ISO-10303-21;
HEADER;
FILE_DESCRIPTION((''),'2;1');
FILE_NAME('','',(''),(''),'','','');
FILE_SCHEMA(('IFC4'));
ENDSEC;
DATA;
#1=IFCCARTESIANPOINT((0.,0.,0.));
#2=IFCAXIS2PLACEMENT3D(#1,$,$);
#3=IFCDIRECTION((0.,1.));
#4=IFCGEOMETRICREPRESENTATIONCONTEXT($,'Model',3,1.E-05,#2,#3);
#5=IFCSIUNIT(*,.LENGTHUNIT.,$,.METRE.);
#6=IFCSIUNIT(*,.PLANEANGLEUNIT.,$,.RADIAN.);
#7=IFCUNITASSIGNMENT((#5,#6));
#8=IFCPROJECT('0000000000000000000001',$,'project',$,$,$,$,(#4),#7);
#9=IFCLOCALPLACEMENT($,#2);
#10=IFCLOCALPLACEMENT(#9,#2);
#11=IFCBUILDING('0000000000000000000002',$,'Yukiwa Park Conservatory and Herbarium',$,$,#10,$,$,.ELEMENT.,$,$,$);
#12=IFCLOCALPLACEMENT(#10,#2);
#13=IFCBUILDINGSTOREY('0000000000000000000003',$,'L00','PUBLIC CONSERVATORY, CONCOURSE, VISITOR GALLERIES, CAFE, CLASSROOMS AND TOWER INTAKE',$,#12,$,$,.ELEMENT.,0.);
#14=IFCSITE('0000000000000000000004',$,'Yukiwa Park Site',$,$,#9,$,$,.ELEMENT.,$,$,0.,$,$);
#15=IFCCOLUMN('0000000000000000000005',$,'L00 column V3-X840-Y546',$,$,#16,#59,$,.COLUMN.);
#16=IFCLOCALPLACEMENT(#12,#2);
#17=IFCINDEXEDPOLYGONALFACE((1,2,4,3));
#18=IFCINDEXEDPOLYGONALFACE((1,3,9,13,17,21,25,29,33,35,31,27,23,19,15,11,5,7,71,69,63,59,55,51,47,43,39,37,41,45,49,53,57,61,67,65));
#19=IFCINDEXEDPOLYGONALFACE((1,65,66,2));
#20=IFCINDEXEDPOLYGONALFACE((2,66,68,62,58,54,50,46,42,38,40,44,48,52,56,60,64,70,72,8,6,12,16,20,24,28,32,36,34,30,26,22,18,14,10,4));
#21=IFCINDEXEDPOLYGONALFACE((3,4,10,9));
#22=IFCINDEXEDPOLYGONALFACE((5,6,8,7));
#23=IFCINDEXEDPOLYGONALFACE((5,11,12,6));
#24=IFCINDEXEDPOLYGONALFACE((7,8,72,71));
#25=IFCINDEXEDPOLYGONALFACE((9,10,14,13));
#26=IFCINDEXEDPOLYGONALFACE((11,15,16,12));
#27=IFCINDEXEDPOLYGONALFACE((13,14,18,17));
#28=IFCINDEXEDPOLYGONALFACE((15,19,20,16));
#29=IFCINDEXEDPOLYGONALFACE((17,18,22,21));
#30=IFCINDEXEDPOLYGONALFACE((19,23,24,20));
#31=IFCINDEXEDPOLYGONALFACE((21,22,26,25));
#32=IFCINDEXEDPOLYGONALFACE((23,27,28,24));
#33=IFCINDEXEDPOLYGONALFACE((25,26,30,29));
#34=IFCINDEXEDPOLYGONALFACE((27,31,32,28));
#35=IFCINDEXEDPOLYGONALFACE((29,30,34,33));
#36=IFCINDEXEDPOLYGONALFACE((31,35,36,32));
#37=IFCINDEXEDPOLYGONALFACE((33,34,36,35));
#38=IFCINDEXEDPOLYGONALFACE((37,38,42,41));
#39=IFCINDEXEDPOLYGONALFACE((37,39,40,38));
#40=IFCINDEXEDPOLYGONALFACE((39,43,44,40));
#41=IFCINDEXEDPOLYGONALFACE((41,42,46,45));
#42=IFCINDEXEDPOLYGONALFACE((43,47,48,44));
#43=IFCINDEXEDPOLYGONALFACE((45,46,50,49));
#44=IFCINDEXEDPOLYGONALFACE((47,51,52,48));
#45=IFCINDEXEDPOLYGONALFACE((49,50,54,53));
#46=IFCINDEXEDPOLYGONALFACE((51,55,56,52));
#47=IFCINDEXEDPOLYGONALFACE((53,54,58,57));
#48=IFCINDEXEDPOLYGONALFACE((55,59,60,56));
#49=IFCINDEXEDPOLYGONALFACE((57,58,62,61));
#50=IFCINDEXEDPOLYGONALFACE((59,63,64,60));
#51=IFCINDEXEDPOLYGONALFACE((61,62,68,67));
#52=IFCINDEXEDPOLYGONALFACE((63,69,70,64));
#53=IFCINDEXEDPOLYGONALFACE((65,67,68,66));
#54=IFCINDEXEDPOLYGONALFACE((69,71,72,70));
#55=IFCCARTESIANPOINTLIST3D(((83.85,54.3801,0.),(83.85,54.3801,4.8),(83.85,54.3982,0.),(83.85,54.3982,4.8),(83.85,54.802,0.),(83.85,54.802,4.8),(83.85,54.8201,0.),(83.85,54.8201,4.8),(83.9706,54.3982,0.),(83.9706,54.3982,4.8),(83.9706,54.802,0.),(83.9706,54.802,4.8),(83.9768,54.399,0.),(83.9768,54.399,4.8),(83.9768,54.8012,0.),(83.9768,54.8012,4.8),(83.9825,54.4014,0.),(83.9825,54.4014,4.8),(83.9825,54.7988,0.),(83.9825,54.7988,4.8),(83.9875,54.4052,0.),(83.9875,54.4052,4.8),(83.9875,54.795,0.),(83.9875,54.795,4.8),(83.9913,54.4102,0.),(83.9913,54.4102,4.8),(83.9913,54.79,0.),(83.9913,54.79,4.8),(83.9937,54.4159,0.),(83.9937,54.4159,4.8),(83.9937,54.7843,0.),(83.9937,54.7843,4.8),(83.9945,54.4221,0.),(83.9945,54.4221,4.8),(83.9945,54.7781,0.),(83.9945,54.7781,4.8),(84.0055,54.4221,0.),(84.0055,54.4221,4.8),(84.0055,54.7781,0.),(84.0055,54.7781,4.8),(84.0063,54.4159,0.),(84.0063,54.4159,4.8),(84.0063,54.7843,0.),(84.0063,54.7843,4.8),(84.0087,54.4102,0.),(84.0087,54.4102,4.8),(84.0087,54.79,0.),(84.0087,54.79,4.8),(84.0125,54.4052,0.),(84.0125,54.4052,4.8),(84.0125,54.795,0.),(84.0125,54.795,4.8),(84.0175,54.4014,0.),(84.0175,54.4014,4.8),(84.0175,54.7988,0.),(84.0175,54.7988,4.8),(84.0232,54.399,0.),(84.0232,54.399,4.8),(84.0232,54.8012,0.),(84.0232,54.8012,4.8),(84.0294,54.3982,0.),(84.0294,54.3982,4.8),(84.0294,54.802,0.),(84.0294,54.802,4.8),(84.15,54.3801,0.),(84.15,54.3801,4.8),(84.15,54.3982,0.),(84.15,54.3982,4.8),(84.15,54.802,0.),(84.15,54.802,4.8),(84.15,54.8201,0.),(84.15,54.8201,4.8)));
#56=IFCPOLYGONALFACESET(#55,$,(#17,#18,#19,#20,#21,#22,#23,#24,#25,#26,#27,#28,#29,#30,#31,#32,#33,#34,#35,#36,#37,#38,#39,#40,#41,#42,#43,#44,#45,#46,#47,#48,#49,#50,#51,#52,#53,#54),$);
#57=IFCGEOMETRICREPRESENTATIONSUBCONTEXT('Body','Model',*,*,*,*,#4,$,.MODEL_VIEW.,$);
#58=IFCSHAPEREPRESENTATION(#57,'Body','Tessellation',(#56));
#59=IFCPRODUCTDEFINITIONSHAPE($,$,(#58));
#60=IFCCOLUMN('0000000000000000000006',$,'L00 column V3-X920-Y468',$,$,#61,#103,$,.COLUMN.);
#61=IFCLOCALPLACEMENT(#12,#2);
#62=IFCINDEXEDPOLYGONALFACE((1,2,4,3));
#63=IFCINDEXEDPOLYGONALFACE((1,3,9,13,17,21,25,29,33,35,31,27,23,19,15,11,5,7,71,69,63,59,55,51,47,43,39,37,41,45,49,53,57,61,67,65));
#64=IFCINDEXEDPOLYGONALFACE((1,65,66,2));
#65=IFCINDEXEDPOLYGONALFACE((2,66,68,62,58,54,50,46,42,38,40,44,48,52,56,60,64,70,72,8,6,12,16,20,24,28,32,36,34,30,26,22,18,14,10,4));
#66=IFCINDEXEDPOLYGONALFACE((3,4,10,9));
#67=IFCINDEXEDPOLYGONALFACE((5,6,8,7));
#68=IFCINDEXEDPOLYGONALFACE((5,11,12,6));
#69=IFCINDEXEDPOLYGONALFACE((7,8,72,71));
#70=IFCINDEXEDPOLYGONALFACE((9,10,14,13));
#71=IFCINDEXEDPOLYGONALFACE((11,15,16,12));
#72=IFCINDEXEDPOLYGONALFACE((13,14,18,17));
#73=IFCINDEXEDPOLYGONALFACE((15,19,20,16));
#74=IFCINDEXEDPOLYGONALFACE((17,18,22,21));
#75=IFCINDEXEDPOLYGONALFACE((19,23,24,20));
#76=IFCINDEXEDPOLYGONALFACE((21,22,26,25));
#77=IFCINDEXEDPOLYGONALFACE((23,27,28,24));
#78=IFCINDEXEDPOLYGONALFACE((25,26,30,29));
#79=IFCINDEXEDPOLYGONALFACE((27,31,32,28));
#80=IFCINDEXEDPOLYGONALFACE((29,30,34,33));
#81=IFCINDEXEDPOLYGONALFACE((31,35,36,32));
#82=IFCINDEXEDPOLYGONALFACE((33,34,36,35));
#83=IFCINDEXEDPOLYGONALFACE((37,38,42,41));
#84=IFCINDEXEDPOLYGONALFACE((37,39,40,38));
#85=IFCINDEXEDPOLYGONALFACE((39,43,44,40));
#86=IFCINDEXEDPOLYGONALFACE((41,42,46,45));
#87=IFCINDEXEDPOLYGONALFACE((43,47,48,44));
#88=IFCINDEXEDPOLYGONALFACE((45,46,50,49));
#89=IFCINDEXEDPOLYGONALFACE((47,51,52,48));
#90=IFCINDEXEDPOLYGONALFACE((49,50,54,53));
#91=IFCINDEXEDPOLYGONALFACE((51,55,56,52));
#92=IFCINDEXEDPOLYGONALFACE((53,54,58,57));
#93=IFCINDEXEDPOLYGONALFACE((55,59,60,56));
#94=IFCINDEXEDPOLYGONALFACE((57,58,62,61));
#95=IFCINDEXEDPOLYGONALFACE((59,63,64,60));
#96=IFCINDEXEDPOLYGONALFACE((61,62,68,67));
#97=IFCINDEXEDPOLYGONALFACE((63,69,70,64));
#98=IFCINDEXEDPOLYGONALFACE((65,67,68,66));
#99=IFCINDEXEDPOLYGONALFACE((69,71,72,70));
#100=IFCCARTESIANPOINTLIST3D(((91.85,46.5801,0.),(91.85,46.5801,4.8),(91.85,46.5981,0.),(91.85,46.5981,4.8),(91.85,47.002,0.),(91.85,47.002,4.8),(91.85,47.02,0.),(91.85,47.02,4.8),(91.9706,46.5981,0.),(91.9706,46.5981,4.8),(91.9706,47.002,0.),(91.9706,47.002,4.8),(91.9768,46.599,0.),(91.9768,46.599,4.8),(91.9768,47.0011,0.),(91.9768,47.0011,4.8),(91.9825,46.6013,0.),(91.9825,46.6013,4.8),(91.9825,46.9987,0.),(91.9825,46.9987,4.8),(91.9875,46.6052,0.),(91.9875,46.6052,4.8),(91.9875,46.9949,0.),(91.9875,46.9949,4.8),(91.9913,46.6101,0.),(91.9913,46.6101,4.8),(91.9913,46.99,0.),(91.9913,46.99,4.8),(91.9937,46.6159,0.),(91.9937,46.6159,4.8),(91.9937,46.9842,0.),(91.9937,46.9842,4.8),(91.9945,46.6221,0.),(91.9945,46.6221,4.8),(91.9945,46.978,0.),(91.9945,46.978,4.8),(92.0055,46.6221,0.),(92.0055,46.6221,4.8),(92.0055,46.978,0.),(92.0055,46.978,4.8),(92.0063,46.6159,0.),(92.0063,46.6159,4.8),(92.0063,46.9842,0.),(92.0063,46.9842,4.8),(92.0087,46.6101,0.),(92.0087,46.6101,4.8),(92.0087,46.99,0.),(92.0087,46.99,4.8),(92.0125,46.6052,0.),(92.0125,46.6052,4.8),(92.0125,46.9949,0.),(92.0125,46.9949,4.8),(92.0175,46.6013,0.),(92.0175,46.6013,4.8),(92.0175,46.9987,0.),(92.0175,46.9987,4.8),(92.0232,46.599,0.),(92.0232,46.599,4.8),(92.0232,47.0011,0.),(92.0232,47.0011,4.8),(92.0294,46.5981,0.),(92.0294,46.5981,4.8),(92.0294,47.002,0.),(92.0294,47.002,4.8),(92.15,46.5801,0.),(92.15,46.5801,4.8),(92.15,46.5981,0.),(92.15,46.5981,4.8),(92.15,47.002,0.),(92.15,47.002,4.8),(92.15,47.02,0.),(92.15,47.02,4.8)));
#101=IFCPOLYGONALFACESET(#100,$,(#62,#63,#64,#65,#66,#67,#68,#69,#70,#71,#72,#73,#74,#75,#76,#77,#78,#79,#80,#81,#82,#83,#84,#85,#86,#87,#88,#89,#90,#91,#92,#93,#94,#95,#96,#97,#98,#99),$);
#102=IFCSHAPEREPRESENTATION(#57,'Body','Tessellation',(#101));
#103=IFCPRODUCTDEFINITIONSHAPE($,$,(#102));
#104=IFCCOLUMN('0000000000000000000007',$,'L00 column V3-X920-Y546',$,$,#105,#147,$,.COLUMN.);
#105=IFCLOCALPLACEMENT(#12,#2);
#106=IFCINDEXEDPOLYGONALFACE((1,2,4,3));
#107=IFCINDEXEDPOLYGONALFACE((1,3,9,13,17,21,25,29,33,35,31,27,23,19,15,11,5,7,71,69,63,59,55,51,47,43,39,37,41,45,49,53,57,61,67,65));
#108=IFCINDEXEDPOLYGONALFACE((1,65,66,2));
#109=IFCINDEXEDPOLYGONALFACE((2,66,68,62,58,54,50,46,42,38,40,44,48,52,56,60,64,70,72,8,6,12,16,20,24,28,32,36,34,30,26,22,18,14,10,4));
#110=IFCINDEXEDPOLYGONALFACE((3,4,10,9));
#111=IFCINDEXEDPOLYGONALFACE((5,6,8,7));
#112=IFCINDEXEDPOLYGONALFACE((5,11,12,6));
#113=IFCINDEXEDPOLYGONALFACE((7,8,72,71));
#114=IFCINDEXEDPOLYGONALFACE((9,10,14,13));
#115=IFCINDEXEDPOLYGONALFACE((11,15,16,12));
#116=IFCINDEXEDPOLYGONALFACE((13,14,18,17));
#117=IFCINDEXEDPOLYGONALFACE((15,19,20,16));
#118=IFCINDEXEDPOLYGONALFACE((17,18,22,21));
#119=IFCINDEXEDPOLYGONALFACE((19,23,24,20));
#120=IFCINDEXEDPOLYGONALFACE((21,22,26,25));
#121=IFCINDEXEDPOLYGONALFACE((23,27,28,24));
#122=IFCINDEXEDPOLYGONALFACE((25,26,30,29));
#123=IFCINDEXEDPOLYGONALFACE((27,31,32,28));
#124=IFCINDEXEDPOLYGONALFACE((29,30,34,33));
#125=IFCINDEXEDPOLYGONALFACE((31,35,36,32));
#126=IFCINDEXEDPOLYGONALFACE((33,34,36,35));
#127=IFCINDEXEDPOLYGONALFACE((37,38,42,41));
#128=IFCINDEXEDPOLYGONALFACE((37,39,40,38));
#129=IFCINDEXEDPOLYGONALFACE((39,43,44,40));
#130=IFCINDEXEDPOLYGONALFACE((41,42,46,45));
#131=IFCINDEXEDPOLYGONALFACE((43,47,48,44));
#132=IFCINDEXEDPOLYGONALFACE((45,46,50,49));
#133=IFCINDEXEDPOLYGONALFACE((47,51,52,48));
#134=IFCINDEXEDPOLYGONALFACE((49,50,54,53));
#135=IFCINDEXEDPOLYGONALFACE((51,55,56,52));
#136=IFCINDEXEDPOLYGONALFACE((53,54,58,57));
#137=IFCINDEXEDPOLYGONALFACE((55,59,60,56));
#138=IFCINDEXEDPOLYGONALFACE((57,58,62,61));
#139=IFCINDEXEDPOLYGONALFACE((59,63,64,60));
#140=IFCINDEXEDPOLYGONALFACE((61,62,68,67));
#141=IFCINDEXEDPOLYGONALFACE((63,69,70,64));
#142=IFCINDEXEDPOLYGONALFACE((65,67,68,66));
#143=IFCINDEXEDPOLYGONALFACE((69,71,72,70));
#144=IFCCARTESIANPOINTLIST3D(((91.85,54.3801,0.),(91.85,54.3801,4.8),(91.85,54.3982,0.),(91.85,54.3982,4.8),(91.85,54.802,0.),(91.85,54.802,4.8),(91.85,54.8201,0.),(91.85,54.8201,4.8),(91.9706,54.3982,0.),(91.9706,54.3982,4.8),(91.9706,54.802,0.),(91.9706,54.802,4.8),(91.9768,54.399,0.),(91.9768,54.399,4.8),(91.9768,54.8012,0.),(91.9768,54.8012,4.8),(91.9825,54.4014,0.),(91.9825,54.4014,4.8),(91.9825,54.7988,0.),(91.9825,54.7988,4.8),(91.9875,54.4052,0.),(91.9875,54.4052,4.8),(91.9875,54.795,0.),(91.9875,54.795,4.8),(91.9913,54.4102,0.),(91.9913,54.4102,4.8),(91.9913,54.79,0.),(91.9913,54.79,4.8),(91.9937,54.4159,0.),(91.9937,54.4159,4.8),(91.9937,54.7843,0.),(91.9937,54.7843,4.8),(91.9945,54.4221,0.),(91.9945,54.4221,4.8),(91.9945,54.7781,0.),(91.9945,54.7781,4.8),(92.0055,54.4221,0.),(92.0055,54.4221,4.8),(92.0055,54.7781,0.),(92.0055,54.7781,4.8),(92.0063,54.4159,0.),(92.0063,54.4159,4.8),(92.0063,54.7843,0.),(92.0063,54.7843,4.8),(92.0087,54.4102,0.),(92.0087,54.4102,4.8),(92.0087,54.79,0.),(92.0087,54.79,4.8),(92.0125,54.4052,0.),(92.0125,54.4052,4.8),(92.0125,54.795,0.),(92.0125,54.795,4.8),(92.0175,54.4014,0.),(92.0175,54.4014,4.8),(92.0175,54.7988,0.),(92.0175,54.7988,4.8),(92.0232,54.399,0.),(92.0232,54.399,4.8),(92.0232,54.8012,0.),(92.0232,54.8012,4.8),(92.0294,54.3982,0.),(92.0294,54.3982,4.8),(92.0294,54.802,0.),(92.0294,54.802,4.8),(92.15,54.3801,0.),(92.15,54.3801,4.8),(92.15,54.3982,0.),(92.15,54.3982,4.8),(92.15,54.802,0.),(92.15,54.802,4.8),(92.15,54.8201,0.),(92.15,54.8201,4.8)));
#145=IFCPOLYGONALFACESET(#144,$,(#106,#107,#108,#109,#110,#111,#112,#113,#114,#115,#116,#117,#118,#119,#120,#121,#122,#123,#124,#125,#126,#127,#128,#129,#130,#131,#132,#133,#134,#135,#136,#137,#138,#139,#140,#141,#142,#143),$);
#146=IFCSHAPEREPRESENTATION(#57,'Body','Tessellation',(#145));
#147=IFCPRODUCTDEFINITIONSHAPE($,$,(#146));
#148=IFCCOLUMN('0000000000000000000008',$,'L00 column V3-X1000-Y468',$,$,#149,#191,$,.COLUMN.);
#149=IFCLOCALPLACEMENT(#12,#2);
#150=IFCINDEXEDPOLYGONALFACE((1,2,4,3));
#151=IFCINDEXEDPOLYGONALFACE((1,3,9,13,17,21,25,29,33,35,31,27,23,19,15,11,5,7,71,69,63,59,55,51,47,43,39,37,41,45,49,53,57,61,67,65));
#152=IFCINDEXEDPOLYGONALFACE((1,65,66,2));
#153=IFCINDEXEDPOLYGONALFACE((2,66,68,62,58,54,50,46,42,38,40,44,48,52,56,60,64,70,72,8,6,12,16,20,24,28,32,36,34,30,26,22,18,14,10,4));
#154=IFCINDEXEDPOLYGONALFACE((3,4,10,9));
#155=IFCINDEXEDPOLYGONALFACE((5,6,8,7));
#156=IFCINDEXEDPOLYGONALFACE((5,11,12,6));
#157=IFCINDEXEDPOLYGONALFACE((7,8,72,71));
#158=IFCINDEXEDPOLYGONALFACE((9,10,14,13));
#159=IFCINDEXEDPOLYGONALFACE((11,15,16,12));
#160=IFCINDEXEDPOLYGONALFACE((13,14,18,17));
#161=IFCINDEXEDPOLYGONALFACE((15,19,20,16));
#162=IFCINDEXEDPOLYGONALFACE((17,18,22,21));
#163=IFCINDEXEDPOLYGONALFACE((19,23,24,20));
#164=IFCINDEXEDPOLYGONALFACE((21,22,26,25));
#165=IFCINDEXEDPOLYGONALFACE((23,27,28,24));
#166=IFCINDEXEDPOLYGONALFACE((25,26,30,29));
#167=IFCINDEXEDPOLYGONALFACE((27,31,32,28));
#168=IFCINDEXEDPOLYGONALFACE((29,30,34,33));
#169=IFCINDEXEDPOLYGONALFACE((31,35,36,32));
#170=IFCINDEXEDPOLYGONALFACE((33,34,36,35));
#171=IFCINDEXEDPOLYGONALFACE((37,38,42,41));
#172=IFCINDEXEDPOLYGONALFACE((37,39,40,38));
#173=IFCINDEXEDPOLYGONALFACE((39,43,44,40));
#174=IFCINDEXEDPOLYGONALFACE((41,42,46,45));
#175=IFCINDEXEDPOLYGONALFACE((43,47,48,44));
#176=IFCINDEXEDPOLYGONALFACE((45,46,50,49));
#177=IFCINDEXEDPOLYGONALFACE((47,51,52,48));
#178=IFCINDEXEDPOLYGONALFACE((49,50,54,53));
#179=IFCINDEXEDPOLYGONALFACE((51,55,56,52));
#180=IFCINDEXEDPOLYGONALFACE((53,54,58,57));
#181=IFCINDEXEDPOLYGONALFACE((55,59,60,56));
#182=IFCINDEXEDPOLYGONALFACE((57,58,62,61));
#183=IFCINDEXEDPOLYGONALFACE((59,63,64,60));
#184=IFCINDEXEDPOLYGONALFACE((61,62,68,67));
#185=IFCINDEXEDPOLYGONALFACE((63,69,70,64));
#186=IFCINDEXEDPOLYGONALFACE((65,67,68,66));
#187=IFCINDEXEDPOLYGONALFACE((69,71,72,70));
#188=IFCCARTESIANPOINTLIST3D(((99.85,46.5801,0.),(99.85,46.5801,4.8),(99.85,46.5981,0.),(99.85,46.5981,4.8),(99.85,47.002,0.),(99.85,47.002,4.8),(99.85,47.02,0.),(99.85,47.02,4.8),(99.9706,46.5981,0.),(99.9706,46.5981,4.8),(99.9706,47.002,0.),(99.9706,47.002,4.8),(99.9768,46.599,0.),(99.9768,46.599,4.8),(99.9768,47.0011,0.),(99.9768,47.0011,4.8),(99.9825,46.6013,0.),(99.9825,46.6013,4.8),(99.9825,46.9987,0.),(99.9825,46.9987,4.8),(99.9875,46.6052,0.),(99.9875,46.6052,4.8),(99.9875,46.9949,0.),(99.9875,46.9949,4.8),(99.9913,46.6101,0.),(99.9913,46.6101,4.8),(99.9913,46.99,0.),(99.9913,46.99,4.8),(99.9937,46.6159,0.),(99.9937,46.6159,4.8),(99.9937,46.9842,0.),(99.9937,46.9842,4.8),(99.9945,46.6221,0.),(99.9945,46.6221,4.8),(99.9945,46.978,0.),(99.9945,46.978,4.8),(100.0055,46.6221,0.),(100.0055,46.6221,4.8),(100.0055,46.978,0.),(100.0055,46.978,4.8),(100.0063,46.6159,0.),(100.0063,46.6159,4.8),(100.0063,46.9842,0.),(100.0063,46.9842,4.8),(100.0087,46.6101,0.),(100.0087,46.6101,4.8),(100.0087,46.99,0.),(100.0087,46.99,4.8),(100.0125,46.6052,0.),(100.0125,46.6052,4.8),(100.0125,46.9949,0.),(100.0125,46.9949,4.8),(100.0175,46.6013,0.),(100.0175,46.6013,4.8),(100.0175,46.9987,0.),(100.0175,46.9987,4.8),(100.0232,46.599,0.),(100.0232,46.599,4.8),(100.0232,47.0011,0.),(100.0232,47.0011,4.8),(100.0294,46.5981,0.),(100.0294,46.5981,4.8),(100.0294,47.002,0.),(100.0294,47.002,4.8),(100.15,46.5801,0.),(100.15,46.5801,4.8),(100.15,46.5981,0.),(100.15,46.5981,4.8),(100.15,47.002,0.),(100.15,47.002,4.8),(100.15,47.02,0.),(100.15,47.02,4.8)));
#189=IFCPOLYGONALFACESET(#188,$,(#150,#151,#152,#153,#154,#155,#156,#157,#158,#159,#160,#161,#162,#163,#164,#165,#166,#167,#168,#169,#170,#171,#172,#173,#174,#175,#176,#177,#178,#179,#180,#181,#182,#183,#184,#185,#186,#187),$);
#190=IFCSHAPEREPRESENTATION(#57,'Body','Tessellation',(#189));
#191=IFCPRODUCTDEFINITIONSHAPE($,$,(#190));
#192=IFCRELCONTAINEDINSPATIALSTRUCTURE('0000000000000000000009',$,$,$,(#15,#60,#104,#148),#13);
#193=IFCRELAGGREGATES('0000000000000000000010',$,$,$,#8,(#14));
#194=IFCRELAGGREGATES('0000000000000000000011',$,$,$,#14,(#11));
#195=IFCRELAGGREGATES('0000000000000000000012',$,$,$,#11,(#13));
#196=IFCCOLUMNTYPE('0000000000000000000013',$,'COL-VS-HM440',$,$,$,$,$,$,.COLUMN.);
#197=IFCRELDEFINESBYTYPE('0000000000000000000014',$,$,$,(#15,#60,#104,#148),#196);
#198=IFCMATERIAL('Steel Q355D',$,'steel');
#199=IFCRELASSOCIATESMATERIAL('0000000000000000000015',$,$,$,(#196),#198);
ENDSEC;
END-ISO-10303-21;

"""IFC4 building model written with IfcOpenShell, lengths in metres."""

from ifc_helpers import new_model, si_unit, direction, frame, origin, origin_2d, place, context, subcontext, project, spatial, i_section, extrude, material, material_profile, profile_set, type_object, element, save


model = new_model("IFC4")

# Units and contexts
model_context = context("Model", 3, precision=1e-05, world=origin(), true_north=direction((0.0, 1.0)))
body_context = subcontext(model_context, "Body", "Model", "MODEL_VIEW")
ifc_project = project(units=[si_unit("LENGTHUNIT", "METRE"), si_unit("PLANEANGLEUNIT", "RADIAN")], contexts=[model_context])

# Site, building, storey
site_placement = place(None, origin())
site = spatial("IfcSite", under=ifc_project, at=site_placement, Name="Yukiwa Park Site", CompositionType="ELEMENT", RefElevation=0.0)
building_placement = place(site_placement, origin())
building = spatial("IfcBuilding", under=site, at=building_placement, Name="Yukiwa Park Conservatory and Herbarium", CompositionType="ELEMENT")
storey_placement = place(building_placement, origin())
storey = spatial("IfcBuildingStorey", under=building, at=storey_placement, Name="L00", Description="PUBLIC CONSERVATORY, CONCOURSE, VISITOR GALLERIES, CAFE, CLASSROOMS AND TOWER INTAKE", CompositionType="ELEMENT", Elevation=0.0)

# Columns
ifc_material_1 = material(Name="Steel Q355D", Category="steel")
ifc_material_profile_1 = material_profile(ifc_material_1, i_section(OverallWidth=0.3, OverallDepth=0.4399, WebThickness=0.011, FlangeThickness=0.0181, FilletRadius=0.0239, at=origin_2d()), Name="HM 440x300x11x18")
ifc_profile_set_1 = profile_set([ifc_material_profile_1], Name="Steel Q355D")
column_type = type_object("IfcColumnType", Name="COL-VS-HM440", PredefinedType="COLUMN", material=ifc_profile_set_1)
for number, where, z_axis, x_axis, name in (
    (1, (84.0, 54.6001, 0.0), (0.0, 0.0, 1.0), (1.0, 0.0, 0.0), "L00 column V3-X840-Y546"),
    (2, (92.0, 46.8, 0.0), (0.0, 0.0, 1.0), (1.0, 0.0, 0.0), "L00 column V3-X920-Y468"),
    (3, (92.0, 54.6001, 0.0), (0.0, 0.0, 1.0), (1.0, 0.0, 0.0), "L00 column V3-X920-Y546"),
    (4, (100.0, 46.8, 0.0), (0.0, 0.0, 1.0), (1.0, 0.0, 0.0), "L00 column V3-X1000-Y468"),
):
    element("IfcColumn", number, at=place(storey_placement, frame(where, z_axis=z_axis, x_axis=x_axis)), inside=storey, type_object=column_type, Name=name, PredefinedType="COLUMN", context=body_context, shape_type="SweptSolid", body=[
        extrude(i_section(OverallWidth=0.3, OverallDepth=0.4399, WebThickness=0.011, FlangeThickness=0.0181, FilletRadius=0.0239, at=origin_2d()), origin(), (0.0, 0.0, 1.0), 4.8),
    ])

save(model, "model.ifc")
